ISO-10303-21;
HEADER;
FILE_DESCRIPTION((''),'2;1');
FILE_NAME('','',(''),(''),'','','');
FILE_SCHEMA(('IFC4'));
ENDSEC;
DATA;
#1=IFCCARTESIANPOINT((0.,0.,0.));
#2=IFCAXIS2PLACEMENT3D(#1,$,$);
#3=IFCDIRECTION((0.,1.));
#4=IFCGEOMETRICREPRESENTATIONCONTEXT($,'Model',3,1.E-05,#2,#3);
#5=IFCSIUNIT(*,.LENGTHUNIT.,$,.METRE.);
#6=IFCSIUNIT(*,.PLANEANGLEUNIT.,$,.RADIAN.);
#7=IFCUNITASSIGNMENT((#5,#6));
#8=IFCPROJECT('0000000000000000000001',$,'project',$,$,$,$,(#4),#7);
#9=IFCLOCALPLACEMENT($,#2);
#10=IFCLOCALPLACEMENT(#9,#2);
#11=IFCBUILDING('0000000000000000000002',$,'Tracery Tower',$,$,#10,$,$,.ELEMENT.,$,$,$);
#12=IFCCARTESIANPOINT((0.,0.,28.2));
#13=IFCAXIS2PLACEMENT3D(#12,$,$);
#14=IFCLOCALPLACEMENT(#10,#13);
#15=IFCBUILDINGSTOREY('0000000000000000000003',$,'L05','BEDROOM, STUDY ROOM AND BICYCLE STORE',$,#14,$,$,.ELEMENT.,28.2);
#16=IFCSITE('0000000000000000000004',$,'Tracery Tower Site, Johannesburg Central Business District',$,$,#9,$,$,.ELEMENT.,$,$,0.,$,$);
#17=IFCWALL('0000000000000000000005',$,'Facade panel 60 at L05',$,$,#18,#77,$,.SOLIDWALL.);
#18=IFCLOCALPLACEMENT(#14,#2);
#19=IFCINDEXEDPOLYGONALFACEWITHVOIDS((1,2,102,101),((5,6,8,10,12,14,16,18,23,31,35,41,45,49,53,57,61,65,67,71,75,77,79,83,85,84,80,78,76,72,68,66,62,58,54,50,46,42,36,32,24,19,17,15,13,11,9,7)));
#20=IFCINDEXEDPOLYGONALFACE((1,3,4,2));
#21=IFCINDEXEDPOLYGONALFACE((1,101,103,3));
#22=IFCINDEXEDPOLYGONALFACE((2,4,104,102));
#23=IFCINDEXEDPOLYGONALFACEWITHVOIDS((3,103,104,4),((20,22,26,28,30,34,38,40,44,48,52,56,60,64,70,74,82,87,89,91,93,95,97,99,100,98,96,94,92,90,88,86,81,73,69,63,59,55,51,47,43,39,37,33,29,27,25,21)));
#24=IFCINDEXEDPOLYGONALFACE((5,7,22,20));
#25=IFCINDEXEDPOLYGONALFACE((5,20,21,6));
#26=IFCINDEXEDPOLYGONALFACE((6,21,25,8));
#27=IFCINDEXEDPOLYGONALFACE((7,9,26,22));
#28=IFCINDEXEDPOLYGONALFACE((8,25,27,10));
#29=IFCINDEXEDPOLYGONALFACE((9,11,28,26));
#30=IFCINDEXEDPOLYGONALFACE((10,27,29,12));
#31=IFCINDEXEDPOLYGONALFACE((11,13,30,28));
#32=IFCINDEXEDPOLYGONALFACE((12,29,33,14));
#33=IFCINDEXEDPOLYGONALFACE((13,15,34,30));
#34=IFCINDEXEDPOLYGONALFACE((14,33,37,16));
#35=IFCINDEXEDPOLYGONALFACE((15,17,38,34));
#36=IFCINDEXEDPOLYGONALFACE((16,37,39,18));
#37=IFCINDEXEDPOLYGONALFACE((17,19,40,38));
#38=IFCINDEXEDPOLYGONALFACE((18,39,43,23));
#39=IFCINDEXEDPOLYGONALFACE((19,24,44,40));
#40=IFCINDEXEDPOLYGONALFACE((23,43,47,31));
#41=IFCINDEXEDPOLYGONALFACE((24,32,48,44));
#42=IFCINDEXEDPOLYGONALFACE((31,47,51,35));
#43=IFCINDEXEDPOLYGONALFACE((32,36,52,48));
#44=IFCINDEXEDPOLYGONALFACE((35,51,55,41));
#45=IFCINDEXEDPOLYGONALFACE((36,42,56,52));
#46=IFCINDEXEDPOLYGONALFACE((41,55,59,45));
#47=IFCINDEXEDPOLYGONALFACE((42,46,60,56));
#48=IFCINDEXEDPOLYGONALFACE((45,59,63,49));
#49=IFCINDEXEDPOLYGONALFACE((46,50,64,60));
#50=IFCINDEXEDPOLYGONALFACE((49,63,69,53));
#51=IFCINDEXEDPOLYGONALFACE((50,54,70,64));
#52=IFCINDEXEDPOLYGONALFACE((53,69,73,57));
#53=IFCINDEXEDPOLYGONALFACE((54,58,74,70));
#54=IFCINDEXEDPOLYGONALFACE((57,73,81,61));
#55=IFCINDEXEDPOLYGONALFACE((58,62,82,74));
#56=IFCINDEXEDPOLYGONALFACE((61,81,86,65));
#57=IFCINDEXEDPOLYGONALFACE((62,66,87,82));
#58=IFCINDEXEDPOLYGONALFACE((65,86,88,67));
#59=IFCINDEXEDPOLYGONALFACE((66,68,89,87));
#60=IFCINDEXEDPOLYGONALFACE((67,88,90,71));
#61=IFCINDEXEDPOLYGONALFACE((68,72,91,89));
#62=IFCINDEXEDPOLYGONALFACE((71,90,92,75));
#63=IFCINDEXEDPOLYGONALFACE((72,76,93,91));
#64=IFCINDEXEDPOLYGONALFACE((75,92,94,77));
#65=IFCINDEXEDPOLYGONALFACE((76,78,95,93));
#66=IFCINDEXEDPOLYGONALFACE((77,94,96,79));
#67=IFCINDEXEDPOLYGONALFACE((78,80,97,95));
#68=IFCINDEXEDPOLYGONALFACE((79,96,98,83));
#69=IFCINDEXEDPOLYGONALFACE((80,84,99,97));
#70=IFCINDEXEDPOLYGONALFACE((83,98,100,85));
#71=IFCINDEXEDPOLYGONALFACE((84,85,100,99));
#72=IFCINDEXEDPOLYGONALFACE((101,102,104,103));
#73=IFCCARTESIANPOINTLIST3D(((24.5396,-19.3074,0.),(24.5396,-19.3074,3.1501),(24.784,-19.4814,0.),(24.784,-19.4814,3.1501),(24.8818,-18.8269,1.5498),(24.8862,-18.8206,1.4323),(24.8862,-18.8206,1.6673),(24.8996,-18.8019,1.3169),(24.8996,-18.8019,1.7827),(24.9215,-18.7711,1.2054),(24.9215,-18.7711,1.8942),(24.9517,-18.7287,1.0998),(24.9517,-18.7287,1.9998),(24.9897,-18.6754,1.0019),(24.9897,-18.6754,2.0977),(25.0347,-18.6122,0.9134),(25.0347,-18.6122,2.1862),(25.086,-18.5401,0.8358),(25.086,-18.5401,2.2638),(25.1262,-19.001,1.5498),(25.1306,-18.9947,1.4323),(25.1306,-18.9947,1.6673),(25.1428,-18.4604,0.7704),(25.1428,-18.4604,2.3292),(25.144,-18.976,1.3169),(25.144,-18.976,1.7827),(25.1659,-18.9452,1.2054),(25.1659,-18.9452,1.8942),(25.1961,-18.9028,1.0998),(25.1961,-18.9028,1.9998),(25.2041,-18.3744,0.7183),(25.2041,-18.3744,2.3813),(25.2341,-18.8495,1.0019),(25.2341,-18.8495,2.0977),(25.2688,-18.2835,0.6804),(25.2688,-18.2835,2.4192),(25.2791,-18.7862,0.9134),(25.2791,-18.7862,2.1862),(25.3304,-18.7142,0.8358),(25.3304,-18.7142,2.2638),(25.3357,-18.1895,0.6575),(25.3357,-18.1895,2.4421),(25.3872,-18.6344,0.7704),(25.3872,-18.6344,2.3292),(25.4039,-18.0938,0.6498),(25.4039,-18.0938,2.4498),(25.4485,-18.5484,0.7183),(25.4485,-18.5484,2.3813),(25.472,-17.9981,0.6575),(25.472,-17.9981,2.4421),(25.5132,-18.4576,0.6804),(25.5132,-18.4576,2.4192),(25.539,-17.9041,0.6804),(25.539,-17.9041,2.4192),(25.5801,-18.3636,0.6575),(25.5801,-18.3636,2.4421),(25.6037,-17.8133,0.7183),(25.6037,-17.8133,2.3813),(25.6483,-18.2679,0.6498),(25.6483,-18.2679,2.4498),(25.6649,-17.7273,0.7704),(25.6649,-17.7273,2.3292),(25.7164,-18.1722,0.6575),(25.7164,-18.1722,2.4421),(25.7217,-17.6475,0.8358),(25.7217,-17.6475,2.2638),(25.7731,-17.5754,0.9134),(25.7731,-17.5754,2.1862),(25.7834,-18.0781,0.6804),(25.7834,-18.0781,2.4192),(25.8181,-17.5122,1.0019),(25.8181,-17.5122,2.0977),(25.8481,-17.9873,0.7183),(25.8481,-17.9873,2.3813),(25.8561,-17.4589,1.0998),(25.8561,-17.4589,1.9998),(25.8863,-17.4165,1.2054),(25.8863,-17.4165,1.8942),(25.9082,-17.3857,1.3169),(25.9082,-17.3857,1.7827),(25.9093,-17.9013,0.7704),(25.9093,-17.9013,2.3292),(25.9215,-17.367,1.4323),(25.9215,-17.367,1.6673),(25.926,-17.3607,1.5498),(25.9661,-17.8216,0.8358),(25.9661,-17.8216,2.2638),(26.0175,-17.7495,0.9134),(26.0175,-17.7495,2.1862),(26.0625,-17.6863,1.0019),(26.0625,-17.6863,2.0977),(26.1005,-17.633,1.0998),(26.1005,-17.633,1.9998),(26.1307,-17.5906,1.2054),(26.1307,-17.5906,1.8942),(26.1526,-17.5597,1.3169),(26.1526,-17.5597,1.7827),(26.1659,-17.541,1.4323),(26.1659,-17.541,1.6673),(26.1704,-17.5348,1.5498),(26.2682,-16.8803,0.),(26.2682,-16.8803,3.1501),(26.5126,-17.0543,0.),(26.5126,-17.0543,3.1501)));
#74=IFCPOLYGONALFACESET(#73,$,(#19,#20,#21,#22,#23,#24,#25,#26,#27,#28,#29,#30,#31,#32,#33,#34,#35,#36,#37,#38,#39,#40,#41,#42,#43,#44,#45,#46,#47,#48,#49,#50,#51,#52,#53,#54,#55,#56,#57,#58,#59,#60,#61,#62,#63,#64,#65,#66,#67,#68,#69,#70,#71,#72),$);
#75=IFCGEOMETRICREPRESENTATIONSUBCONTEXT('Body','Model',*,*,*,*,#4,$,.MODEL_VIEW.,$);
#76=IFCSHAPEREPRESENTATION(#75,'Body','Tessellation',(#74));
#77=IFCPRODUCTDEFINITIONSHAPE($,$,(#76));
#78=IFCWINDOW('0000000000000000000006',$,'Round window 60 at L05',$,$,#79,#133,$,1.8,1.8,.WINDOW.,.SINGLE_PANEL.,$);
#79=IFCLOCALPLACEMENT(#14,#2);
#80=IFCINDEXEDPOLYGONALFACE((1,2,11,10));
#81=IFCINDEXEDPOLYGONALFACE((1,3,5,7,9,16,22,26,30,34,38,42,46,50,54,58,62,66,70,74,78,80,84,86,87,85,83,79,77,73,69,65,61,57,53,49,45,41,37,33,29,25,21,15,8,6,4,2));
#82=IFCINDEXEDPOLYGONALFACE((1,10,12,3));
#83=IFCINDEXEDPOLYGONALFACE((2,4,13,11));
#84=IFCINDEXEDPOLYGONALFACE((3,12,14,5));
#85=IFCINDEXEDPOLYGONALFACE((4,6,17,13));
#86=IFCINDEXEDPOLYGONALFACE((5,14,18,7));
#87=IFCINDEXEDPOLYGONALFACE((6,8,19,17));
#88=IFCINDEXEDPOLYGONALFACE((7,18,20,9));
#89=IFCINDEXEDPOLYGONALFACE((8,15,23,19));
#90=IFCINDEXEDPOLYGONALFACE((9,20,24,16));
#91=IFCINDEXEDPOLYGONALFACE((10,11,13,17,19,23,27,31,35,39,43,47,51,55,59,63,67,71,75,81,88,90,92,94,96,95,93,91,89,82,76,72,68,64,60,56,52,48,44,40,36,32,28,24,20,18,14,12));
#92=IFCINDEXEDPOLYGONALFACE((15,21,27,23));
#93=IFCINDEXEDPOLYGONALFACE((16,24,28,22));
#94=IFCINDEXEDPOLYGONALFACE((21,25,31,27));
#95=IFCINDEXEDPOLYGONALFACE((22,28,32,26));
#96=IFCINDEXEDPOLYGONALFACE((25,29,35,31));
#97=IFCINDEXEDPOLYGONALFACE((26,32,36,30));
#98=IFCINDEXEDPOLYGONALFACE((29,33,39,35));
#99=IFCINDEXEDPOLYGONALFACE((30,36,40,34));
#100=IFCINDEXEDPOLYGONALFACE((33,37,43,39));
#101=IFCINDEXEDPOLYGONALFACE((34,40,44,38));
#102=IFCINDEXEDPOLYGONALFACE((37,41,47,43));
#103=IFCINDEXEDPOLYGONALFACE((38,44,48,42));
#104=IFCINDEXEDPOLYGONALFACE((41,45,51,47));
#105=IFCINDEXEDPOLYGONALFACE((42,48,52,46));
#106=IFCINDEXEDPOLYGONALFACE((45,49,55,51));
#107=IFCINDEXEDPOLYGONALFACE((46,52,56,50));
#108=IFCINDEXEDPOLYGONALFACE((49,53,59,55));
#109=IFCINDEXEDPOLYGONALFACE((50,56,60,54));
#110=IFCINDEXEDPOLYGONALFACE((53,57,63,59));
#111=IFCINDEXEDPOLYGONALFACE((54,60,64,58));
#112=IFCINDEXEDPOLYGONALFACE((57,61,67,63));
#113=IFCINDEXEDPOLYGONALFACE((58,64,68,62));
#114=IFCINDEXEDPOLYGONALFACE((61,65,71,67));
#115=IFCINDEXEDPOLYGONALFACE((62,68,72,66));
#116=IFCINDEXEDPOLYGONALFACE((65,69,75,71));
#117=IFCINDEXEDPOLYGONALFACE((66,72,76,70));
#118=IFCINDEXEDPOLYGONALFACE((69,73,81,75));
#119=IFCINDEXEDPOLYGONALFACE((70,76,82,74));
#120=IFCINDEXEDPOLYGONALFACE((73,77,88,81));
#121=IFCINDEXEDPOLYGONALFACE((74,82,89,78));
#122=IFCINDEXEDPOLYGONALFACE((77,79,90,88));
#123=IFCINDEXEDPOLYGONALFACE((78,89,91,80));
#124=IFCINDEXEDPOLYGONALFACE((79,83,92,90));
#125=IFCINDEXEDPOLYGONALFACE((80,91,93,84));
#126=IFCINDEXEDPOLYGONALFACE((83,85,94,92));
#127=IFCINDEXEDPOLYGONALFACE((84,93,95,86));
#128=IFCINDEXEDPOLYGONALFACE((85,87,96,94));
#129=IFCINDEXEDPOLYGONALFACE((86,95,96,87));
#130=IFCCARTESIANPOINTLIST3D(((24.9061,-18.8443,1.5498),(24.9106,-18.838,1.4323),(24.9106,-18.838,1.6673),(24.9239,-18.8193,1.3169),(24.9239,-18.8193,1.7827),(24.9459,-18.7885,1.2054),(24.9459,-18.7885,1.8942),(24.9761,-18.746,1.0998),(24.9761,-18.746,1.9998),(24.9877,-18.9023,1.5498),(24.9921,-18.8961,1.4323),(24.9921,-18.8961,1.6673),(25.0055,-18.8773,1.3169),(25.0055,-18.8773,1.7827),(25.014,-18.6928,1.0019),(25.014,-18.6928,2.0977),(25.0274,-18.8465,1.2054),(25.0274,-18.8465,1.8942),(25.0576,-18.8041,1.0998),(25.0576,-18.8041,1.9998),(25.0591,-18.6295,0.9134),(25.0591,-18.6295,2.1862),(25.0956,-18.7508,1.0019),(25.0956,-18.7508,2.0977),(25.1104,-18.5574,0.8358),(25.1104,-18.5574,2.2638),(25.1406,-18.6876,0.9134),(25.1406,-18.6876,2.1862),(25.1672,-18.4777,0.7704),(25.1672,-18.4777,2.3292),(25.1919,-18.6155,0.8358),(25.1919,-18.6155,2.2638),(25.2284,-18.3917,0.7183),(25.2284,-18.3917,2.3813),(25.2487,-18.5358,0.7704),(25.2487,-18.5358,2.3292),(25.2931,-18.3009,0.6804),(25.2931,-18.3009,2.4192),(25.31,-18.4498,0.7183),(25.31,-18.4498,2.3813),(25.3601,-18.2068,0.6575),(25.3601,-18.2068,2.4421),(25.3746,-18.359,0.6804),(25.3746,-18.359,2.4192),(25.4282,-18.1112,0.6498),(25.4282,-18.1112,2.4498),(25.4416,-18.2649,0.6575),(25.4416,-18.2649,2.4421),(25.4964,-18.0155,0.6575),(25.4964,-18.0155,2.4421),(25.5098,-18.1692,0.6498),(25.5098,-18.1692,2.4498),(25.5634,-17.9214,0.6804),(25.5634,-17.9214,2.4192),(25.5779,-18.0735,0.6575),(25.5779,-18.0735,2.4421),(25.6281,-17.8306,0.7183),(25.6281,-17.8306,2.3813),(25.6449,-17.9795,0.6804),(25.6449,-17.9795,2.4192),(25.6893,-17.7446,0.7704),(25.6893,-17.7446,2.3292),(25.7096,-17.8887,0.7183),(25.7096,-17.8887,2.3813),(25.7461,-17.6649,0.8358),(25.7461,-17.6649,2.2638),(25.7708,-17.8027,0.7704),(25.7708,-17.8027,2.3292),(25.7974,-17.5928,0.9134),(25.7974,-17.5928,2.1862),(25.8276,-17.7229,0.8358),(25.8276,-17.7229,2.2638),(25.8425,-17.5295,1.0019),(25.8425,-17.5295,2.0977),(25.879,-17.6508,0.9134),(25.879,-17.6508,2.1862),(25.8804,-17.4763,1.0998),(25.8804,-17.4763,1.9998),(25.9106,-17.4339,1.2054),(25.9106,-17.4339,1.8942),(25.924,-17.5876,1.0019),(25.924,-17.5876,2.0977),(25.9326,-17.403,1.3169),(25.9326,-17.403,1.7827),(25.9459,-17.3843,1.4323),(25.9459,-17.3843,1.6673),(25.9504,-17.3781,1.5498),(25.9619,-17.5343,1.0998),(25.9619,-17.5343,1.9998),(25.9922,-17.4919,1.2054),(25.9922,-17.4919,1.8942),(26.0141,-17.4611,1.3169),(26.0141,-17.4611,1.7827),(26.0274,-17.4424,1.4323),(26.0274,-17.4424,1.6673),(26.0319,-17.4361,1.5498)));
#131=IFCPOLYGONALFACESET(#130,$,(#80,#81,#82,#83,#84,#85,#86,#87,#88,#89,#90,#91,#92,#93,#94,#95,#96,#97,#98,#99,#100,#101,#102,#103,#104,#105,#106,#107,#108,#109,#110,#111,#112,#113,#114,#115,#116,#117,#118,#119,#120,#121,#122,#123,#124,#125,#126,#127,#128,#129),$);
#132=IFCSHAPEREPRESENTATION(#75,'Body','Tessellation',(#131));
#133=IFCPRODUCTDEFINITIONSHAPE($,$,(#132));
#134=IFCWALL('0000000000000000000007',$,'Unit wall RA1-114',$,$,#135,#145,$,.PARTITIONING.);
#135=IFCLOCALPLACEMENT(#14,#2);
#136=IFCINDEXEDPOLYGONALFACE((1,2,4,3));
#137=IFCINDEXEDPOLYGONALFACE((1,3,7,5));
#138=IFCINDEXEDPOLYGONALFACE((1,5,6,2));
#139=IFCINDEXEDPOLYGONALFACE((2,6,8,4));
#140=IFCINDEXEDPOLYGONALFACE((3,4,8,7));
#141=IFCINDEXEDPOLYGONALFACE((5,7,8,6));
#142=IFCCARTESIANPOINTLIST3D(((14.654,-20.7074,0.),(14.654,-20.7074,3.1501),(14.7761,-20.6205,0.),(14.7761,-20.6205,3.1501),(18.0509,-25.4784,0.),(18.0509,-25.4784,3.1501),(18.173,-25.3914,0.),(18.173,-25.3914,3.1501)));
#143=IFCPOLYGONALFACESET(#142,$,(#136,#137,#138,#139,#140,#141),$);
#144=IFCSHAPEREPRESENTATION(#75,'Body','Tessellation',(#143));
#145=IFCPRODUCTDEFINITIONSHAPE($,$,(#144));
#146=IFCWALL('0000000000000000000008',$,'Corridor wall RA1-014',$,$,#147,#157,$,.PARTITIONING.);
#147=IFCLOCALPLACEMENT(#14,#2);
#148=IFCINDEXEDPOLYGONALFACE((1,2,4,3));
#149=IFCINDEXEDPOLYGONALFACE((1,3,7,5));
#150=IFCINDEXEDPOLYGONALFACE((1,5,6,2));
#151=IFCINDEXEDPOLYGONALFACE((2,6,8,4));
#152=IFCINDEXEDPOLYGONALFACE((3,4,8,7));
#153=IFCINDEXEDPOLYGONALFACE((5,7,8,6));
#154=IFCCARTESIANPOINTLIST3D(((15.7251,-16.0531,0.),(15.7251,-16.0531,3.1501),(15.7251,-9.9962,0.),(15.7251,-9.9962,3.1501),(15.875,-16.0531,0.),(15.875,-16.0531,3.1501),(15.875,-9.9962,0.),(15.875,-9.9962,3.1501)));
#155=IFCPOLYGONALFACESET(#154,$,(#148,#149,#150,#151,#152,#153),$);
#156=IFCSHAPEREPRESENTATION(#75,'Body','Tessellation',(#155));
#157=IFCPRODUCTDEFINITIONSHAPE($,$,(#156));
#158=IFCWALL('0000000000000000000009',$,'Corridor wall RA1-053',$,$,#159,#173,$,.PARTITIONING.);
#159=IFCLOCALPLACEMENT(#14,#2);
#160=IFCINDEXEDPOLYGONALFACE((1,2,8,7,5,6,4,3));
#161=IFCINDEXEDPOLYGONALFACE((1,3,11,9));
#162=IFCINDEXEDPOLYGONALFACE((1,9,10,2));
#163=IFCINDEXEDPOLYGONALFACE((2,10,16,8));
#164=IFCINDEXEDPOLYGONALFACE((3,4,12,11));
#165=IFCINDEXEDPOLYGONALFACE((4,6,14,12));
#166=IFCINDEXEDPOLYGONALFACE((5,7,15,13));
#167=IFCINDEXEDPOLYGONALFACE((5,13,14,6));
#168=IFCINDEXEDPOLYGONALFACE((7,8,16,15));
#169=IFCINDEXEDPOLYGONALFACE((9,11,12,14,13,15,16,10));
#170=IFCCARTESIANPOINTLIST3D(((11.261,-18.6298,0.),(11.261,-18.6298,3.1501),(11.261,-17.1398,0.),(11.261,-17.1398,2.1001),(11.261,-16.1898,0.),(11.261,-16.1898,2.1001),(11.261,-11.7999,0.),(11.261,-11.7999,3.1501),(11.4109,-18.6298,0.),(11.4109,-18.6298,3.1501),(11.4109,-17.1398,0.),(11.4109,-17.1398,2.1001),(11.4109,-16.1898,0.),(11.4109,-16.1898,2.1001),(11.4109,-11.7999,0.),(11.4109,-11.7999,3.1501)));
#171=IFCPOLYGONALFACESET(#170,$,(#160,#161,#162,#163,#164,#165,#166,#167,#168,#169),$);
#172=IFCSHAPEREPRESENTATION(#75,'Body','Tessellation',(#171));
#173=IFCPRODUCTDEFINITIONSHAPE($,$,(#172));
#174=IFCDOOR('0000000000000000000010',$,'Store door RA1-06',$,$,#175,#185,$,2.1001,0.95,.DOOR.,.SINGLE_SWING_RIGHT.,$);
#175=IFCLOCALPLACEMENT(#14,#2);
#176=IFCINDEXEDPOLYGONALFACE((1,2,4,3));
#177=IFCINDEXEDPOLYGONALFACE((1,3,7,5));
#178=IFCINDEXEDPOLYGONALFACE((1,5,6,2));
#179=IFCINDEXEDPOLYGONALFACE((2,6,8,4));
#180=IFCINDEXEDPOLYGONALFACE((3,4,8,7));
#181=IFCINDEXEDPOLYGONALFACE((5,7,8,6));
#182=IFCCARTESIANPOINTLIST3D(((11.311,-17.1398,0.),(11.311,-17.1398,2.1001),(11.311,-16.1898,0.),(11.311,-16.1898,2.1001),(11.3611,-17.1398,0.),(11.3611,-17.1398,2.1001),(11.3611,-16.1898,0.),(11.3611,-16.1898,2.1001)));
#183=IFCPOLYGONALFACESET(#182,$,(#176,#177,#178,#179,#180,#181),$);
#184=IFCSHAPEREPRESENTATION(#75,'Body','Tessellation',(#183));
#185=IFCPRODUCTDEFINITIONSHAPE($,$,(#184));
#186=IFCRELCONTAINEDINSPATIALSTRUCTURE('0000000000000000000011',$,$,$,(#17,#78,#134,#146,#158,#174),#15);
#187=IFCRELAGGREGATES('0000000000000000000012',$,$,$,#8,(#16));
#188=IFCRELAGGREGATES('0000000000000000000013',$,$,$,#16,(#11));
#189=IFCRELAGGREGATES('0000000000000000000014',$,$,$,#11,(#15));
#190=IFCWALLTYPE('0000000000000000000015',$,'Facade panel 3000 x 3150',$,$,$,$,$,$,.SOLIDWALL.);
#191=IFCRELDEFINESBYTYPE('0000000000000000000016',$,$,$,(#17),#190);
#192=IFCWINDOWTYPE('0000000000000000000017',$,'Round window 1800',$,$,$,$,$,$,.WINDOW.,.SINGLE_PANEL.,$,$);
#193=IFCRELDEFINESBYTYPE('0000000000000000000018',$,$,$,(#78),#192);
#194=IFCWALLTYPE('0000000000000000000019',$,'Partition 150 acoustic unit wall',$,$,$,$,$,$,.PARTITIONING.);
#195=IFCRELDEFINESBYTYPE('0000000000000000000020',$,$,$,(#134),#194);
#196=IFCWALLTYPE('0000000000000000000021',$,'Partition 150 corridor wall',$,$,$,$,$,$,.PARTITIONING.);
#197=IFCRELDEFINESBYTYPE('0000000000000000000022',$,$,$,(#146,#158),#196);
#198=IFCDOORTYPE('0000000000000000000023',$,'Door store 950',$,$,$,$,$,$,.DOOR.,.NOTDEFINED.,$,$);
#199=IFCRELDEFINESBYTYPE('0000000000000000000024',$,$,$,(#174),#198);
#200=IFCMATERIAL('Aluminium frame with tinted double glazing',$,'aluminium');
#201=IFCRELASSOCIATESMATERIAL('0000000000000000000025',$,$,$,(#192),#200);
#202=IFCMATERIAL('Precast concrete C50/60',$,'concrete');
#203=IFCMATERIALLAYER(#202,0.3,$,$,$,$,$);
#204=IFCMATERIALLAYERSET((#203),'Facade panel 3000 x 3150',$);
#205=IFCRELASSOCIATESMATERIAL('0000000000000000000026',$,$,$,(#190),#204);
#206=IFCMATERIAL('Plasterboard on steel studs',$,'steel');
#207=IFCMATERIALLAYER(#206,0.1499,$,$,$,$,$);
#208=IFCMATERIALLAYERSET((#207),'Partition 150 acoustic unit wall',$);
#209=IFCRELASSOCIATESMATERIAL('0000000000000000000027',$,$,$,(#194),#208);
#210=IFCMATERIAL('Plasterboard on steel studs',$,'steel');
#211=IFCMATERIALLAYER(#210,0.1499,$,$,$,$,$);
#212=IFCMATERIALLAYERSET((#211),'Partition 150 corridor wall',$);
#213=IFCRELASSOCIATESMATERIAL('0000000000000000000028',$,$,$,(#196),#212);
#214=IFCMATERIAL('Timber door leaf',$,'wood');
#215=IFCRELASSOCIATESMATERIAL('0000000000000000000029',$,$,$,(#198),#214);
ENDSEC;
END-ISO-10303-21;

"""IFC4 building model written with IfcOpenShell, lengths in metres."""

from ifc_helpers import new_model, si_unit, direction, frame, frame_2d, origin, origin_2d, place, context, subcontext, project, spatial, rectangle, circle, extrude, material, layer, layer_set, type_object, element, fill, save


model = new_model("IFC4")

# Units and contexts
model_context = context("Model", 3, precision=1e-05, world=origin(), true_north=direction((0.0, 1.0)))
body_context = subcontext(model_context, "Body", "Model", "MODEL_VIEW")
ifc_project = project(units=[si_unit("LENGTHUNIT", "METRE"), si_unit("PLANEANGLEUNIT", "RADIAN")], contexts=[model_context])

# Site, building, storey
site_placement = place(None, origin())
site = spatial("IfcSite", under=ifc_project, at=site_placement, Name="Tracery Tower Site, Johannesburg Central Business District", CompositionType="ELEMENT", RefElevation=0.0)
building_placement = place(site_placement, origin())
building = spatial("IfcBuilding", under=site, at=building_placement, Name="Tracery Tower", CompositionType="ELEMENT")
storey_placement = place(building_placement, frame((0.0, 0.0, 28.2)))
storey = spatial("IfcBuildingStorey", under=building, at=storey_placement, Name="L05", Description="BEDROOM, STUDY ROOM AND BICYCLE STORE", CompositionType="ELEMENT", Elevation=28.2)

# Wall, opening, window
ifc_material_1 = material(Name="Aluminium frame with tinted double glazing", Category="aluminium")
window_type = type_object("IfcWindowType", Name="Round window 1800", PartitioningType="SINGLE_PANEL", PredefinedType="WINDOW", material=ifc_material_1)
ifc_material_2 = material(Name="Precast concrete C50/60", Category="concrete")
ifc_layer_1 = layer(ifc_material_2, 0.3)
ifc_layer_set_1 = layer_set([ifc_layer_1], Name="Facade panel 3000 x 3150")
wall_type_1 = type_object("IfcWallType", Name="Facade panel 3000 x 3150", PredefinedType="SOLIDWALL", material=ifc_layer_set_1)
wall_1_placement = place(storey_placement, frame((24.6619, -19.3943, 0.0), z_axis=(0.0, 0.0, 1.0), x_axis=(0.580114, 0.814535, 0.0)))
wall_1 = element("IfcWall", 1, at=wall_1_placement, inside=storey, type_object=wall_type_1, Name="Facade panel 60 at L05", PredefinedType="SOLIDWALL", context=body_context, shape_type="SweptSolid", body=[
    extrude(rectangle(XDim=2.9797, YDim=0.3, at=frame_2d((1.4897, 0.0))), origin(), (0.0, 0.0, 1.0), 3.1501),
])
opening_1_placement = place(wall_1_placement, frame((1.4897, 0.0, 1.5498)))
opening_1 = element("IfcOpeningElement", 2, at=opening_1_placement, cuts=wall_1, PredefinedType="OPENING", context=body_context, shape_type="SweptSolid", body=[
    extrude(circle(Radius=0.9, at=origin_2d()), frame((0.0, 0.1599, 0.0), z_axis=(0.0, -1.0, 0.0), x_axis=(1.0, 0.0, 0.0)), (0.0, 0.0, 1.0), 0.3201),
])
window_1_placement = place(opening_1_placement, origin())
window_1 = element("IfcWindow", 3, at=window_1_placement, inside=storey, type_object=window_type, Name="Round window 60 at L05", OverallHeight=1.8, OverallWidth=1.8, PartitioningType="SINGLE_PANEL", PredefinedType="WINDOW", context=body_context, shape_type="SweptSolid", body=[
    extrude(circle(Radius=0.9, at=origin_2d()), frame((0.0, 0.1201, 0.0), z_axis=(0.0, -1.0, 0.0), x_axis=(1.0, 0.0, 0.0)), (0.0, 0.0, 1.0), 0.1001),
])
fill(opening_1, window_1)

# Walls
ifc_material_3 = material(Name="Plasterboard on steel studs", Category="steel")
ifc_layer_2 = layer(ifc_material_3, 0.1499)
ifc_layer_set_2 = layer_set([ifc_layer_2], Name="Partition 150 acoustic unit wall")
wall_type_2 = type_object("IfcWallType", Name="Partition 150 acoustic unit wall", PredefinedType="PARTITIONING", material=ifc_layer_set_2)
wall_2_placement = place(storey_placement, frame((14.7151, -20.6641, 0.0), z_axis=(0.0, 0.0, 1.0), x_axis=(0.580007, -0.814611, 0.0)))
element("IfcWall", 4, at=wall_2_placement, inside=storey, type_object=wall_type_2, Name="Unit wall RA1-114", PredefinedType="PARTITIONING", context=body_context, shape_type="SweptSolid", body=[
    extrude(rectangle(XDim=5.8567, YDim=0.1499, at=frame_2d((2.9282, 0.0))), origin(), (0.0, 0.0, 1.0), 3.1501),
])
ifc_material_4 = material(Name="Plasterboard on steel studs", Category="steel")
ifc_layer_3 = layer(ifc_material_4, 0.1499)
ifc_layer_set_3 = layer_set([ifc_layer_3], Name="Partition 150 corridor wall")
wall_type_3 = type_object("IfcWallType", Name="Partition 150 corridor wall", PredefinedType="PARTITIONING", material=ifc_layer_set_3)
wall_3_placement = place(storey_placement, frame((15.8, -16.053, 0.0), z_axis=(0.0, 0.0, 1.0), x_axis=(0.0, 1.0, 0.0)))
element("IfcWall", 5, at=wall_3_placement, inside=storey, type_object=wall_type_3, Name="Corridor wall RA1-014", PredefinedType="PARTITIONING", context=body_context, shape_type="SweptSolid", body=[
    extrude(rectangle(XDim=6.0569, YDim=0.1499, at=frame_2d((3.0283, 0.0))), origin(), (0.0, 0.0, 1.0), 3.1501),
])

# Wall, opening, door
wall_4_placement = place(storey_placement, frame((11.3359, -18.6299, 0.0), z_axis=(0.0, 0.0, 1.0), x_axis=(0.0, 1.0, 0.0)))
wall_4 = element("IfcWall", 6, at=wall_4_placement, inside=storey, type_object=wall_type_3, Name="Corridor wall RA1-053", PredefinedType="PARTITIONING", context=body_context, shape_type="SweptSolid", body=[
    extrude(rectangle(XDim=6.8298, YDim=0.1499, at=frame_2d((3.415, 0.0))), origin(), (0.0, 0.0, 1.0), 3.1501),
])
opening_2_placement = place(wall_4_placement, frame((1.49, 0.0, 0.0)))
opening_2 = element("IfcOpeningElement", 7, at=opening_2_placement, cuts=wall_4, PredefinedType="OPENING", context=body_context, shape_type="SweptSolid", body=[
    extrude(rectangle(XDim=0.95, YDim=2.1001, at=frame_2d((0.4751, 1.05))), frame((0.0, 0.075, 0.0), z_axis=(0.0, -1.0, 0.0), x_axis=(1.0, 0.0, 0.0)), (0.0, 0.0, 1.0), 0.1499),
])
ifc_material_5 = material(Name="Timber door leaf", Category="wood")
door_type = type_object("IfcDoorType", Name="Door store 950", OperationType="NOTDEFINED", PredefinedType="DOOR", material=ifc_material_5)
door_placement = place(opening_2_placement, origin())
door = element("IfcDoor", 8, at=door_placement, inside=storey, type_object=door_type, Name="Store door RA1-06", OperationType="SINGLE_SWING_RIGHT", OverallHeight=2.1001, OverallWidth=0.95, PredefinedType="DOOR", context=body_context, shape_type="SweptSolid", body=[
    extrude(rectangle(XDim=0.95, YDim=2.1001, at=frame_2d((0.4751, 1.05))), frame((0.0, 0.0249, 0.0), z_axis=(0.0, -1.0, 0.0), x_axis=(1.0, 0.0, 0.0)), (0.0, 0.0, 1.0), 0.05),
])
fill(opening_2, door)

save(model, "model.ifc")
